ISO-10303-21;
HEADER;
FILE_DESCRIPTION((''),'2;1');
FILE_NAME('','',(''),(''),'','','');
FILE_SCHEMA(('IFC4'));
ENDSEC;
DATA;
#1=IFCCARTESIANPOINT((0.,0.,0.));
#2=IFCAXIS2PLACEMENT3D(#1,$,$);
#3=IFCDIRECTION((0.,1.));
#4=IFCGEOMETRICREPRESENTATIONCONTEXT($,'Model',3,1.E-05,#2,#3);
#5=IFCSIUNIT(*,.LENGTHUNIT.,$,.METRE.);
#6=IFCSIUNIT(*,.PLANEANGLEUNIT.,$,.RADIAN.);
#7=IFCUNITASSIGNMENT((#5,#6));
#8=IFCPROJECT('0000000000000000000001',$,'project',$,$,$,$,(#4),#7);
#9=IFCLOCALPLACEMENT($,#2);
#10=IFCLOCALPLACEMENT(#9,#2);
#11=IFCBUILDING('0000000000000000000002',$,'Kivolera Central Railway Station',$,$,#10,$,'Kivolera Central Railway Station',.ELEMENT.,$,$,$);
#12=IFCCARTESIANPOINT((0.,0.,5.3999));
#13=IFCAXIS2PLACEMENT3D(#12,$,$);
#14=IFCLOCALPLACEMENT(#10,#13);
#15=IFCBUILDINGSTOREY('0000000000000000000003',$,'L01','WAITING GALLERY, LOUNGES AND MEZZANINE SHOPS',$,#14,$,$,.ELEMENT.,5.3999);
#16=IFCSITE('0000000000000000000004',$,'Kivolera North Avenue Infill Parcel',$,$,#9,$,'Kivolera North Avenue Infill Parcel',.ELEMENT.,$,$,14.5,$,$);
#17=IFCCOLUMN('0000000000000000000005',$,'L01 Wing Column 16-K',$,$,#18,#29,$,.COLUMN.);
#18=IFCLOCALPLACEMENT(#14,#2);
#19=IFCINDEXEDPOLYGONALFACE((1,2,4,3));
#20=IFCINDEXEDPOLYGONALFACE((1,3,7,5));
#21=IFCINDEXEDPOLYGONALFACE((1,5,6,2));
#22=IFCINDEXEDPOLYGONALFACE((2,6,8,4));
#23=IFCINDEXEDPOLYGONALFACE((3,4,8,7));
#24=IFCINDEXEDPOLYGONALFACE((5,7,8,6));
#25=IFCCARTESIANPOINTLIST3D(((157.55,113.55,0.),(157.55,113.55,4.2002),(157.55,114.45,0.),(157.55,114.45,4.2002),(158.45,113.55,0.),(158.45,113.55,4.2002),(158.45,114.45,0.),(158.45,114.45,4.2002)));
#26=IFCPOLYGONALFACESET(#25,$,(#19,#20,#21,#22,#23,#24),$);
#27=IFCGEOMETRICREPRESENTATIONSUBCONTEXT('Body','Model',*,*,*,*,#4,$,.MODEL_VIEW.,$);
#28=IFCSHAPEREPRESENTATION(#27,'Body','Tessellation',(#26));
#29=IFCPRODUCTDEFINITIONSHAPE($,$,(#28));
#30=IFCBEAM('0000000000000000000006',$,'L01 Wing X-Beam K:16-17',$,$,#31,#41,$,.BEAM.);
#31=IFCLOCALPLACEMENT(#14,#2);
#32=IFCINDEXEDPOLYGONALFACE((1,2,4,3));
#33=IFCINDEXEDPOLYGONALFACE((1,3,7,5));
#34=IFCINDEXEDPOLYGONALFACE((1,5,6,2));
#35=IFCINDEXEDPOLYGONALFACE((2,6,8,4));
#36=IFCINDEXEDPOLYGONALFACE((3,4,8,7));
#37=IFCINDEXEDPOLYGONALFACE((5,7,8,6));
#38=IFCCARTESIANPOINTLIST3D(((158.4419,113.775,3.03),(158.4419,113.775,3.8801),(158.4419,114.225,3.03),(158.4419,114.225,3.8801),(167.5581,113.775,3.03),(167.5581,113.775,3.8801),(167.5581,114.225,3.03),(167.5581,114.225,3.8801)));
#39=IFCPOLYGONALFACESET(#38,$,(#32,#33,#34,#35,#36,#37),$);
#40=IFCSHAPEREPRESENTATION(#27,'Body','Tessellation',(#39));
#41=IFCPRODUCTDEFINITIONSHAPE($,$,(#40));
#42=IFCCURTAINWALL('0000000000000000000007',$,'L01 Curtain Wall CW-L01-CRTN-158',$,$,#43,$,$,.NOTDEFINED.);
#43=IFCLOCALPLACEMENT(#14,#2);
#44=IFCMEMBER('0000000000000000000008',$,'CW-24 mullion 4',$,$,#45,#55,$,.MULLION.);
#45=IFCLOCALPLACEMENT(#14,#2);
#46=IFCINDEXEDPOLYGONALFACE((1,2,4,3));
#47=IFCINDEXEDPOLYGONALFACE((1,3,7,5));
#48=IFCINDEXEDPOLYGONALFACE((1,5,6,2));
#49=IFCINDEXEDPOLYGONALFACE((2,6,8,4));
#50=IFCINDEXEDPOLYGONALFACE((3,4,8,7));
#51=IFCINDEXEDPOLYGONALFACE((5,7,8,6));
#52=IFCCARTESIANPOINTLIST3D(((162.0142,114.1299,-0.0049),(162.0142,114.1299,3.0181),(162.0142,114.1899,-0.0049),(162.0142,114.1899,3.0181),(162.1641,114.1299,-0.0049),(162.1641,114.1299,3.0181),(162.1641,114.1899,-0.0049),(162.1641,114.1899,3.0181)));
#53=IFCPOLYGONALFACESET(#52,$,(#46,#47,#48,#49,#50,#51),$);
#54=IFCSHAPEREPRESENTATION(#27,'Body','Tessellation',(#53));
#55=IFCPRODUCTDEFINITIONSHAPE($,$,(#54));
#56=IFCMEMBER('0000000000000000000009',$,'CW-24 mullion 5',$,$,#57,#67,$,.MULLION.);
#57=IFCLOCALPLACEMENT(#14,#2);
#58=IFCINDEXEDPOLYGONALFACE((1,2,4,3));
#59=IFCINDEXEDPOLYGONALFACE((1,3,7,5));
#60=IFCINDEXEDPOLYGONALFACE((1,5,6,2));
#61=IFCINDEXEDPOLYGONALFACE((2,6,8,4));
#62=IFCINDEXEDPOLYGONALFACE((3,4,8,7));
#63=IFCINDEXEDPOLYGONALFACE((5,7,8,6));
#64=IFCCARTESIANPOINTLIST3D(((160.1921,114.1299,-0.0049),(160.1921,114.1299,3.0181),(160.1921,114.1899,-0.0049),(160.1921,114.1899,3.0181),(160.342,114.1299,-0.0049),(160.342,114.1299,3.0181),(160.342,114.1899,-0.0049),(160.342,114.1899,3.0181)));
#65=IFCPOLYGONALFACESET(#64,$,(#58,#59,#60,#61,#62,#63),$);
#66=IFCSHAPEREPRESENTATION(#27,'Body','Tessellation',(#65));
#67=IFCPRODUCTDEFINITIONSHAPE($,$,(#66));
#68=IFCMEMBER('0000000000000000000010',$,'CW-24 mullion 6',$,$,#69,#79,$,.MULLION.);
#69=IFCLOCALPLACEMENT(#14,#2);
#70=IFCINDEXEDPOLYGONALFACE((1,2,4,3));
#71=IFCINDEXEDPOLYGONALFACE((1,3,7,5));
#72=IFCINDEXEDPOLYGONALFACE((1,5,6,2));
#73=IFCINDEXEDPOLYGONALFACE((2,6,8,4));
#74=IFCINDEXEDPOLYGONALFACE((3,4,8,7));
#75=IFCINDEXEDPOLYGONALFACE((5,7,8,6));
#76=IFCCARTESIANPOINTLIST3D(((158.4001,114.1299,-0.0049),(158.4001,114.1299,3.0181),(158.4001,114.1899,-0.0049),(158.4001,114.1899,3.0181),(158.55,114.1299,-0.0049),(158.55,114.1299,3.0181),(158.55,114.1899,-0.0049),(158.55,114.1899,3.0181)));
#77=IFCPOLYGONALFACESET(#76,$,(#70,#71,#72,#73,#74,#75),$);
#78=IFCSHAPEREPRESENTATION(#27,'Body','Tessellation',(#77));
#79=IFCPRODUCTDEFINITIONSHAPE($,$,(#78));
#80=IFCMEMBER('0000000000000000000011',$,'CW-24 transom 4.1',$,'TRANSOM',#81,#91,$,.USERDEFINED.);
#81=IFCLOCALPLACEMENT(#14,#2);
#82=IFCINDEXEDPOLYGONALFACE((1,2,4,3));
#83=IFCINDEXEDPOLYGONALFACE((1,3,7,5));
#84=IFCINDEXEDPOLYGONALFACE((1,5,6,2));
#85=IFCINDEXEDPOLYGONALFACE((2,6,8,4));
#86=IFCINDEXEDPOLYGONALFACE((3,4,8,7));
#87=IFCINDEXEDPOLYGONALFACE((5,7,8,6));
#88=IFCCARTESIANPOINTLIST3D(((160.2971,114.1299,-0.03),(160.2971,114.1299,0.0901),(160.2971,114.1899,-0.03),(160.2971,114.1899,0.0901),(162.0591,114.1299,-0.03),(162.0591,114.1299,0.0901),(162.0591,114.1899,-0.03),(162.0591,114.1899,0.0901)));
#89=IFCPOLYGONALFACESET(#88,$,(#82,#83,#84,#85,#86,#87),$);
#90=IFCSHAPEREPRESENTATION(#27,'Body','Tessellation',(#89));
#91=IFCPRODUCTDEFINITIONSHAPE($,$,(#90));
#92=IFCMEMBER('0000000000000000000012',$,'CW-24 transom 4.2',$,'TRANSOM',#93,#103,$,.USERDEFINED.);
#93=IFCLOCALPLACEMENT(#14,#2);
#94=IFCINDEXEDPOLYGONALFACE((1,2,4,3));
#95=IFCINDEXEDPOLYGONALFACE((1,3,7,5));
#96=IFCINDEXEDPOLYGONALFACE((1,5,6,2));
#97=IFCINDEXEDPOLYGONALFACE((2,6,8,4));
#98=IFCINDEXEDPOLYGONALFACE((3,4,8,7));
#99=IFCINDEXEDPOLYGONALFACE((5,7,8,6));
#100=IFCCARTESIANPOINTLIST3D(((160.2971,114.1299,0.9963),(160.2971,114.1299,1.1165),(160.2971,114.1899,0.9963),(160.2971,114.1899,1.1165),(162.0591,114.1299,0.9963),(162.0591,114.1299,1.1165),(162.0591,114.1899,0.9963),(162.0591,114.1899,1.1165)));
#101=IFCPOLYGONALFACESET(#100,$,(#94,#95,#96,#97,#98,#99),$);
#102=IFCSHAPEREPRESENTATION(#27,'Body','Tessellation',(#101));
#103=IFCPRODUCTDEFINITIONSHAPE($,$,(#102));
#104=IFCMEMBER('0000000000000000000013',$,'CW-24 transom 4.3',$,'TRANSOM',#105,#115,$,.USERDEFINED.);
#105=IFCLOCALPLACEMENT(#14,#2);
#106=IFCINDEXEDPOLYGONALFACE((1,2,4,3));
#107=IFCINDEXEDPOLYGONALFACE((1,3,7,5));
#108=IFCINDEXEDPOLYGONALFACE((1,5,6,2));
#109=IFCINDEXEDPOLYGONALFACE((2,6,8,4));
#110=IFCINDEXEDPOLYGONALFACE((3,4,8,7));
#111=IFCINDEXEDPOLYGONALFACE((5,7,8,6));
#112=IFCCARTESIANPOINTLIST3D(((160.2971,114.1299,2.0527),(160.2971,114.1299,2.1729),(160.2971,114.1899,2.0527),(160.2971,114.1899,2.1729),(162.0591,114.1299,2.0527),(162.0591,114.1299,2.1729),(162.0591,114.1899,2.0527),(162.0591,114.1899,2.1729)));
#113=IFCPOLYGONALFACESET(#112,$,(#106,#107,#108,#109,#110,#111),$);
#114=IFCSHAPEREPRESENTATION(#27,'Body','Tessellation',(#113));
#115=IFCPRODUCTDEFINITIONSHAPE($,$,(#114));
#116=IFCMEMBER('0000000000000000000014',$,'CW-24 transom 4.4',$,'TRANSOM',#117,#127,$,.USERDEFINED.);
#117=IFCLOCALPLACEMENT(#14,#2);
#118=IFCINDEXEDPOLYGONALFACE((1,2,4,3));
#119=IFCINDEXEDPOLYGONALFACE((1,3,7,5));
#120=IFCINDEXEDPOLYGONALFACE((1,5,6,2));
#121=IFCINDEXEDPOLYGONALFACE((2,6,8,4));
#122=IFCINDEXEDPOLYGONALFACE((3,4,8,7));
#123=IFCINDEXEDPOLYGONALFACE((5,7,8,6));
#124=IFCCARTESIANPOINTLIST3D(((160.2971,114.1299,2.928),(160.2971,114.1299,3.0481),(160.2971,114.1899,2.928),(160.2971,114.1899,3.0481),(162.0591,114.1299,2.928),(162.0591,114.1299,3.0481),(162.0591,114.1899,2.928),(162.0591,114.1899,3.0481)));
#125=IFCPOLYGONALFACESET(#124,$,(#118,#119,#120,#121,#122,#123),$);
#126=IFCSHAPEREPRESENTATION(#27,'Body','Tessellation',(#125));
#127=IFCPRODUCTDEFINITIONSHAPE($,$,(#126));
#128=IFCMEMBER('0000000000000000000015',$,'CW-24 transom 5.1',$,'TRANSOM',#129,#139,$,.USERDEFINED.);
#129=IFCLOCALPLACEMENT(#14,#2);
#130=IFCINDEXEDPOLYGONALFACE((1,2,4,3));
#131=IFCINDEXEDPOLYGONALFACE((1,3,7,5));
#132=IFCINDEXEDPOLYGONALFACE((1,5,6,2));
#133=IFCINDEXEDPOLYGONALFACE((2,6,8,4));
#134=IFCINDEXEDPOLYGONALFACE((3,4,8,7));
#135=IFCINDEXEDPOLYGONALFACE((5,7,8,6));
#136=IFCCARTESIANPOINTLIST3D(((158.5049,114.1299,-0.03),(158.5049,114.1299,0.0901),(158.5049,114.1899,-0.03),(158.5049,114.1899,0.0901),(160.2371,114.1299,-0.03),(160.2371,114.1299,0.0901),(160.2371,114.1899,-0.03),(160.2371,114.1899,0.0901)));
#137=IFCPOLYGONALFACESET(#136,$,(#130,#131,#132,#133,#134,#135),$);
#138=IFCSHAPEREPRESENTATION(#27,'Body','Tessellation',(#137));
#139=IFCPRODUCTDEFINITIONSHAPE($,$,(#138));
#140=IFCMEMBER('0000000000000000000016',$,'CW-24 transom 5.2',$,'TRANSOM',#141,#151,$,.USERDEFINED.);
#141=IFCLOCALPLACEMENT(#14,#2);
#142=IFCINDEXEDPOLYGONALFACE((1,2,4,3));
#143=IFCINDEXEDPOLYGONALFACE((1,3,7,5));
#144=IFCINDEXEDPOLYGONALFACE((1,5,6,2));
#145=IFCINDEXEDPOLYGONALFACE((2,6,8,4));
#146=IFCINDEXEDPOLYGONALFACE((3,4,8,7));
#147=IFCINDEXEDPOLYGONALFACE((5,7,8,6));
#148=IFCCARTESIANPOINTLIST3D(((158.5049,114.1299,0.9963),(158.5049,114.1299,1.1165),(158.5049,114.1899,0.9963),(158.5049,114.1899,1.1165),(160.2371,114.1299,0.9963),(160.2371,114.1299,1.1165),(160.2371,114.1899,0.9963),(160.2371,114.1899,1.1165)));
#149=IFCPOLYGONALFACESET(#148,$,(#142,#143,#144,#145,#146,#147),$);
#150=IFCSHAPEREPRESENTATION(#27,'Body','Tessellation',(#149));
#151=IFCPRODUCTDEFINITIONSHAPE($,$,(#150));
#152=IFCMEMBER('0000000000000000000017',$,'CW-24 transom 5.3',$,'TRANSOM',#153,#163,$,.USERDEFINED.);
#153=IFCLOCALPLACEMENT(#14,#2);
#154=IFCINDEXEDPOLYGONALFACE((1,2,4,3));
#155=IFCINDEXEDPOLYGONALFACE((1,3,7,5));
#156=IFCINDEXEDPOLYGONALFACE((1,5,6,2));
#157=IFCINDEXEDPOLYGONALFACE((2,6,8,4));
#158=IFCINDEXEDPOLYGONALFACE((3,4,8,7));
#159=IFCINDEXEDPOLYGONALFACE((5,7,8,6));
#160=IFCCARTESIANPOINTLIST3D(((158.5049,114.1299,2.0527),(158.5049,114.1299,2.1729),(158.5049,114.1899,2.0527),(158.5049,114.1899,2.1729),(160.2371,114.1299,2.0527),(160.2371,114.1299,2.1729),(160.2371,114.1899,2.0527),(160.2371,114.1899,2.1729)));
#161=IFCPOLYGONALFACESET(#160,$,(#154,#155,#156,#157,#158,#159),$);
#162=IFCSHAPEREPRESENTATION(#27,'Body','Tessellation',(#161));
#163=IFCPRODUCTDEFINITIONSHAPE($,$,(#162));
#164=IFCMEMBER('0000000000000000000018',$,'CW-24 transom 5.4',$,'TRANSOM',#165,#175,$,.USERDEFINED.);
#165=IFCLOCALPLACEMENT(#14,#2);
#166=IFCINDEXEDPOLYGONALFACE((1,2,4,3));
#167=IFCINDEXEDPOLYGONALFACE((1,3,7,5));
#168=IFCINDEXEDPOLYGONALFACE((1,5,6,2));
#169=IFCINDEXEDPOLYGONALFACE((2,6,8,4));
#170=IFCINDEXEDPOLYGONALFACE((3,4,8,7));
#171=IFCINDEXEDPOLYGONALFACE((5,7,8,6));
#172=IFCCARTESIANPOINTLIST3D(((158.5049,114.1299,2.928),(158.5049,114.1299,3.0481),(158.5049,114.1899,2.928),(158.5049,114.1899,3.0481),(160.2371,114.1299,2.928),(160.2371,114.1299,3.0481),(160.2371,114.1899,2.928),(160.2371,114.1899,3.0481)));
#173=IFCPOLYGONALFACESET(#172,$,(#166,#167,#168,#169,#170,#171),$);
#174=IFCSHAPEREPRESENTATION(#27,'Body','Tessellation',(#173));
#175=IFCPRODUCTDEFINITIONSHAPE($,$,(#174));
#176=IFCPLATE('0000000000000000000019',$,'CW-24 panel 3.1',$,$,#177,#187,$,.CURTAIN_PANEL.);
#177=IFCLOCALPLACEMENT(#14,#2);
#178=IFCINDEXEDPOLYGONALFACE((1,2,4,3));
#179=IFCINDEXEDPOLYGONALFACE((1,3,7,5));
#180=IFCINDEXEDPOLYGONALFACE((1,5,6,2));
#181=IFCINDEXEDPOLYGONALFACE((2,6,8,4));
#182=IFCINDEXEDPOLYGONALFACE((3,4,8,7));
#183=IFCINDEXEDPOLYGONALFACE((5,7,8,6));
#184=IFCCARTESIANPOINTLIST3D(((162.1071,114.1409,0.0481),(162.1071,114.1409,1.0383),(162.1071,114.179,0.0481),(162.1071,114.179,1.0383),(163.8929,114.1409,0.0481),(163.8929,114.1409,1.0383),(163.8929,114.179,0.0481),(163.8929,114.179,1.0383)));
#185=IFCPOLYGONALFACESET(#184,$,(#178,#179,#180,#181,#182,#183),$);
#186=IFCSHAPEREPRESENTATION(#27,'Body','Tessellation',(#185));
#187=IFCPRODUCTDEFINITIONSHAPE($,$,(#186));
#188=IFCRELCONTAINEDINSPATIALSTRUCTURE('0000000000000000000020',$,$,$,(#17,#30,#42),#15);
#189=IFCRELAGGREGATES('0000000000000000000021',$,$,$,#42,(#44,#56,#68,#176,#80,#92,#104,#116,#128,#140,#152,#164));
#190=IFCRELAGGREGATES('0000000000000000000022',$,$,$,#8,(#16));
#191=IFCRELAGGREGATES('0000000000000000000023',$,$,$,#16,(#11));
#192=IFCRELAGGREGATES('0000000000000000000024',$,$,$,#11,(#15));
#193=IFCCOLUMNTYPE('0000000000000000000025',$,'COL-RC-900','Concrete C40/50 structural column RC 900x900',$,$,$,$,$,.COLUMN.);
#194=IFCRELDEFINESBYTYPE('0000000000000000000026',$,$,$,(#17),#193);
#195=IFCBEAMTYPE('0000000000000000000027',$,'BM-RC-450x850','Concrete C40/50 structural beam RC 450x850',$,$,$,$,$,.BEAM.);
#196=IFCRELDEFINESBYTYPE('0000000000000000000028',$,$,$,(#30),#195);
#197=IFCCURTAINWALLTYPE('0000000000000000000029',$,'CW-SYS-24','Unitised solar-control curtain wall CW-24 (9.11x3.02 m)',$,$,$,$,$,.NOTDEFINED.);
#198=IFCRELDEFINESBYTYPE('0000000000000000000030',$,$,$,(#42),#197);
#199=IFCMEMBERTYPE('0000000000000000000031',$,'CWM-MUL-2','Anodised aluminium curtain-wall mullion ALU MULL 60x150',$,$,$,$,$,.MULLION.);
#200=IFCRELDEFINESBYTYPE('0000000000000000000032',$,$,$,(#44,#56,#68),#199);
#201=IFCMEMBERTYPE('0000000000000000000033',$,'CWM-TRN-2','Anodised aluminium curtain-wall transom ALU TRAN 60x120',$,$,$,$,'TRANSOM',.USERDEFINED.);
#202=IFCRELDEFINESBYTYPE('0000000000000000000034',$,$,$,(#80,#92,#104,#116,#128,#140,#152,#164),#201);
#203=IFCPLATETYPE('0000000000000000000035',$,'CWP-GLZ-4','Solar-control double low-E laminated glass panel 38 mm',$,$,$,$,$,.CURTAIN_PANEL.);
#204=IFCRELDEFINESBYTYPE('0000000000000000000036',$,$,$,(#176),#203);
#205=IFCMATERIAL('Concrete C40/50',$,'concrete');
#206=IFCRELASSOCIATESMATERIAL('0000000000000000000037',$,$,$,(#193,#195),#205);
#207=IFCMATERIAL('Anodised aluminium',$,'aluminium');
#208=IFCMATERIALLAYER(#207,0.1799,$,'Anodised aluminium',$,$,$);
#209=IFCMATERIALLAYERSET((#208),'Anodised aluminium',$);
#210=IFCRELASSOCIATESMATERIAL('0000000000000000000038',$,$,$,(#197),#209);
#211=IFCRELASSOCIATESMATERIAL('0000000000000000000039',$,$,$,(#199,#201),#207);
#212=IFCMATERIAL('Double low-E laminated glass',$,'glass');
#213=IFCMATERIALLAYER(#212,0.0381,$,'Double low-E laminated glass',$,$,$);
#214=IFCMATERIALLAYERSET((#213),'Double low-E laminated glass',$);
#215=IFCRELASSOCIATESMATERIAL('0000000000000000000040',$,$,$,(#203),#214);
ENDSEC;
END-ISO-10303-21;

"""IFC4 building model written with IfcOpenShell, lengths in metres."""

from ifc_helpers import new_model, si_unit, direction, frame, origin, origin_2d, place, context, subcontext, project, spatial, rectangle, extrude, material, layer, layer_set, material_profile, profile_set, type_object, element, aggregate, save


model = new_model("IFC4")

# Units and contexts
model_context = context("Model", 3, precision=1e-05, world=origin(), true_north=direction((0.0, 1.0)))
body_context = subcontext(model_context, "Body", "Model", "MODEL_VIEW")
ifc_project = project(units=[si_unit("LENGTHUNIT", "METRE"), si_unit("PLANEANGLEUNIT", "RADIAN")], contexts=[model_context])

# Site, building, storey
site_placement = place(None, origin())
site = spatial("IfcSite", under=ifc_project, at=site_placement, Name="Kivolera North Avenue Infill Parcel", LongName="Kivolera North Avenue Infill Parcel", CompositionType="ELEMENT", RefElevation=14.5)
building_placement = place(site_placement, origin())
building = spatial("IfcBuilding", under=site, at=building_placement, Name="Kivolera Central Railway Station", LongName="Kivolera Central Railway Station", CompositionType="ELEMENT")
storey_placement = place(building_placement, frame((0.0, 0.0, 5.3999)))
storey = spatial("IfcBuildingStorey", under=building, at=storey_placement, Name="L01", Description="WAITING GALLERY, LOUNGES AND MEZZANINE SHOPS", CompositionType="ELEMENT", Elevation=5.3999)

# Column
ifc_material_1 = material(Name="Concrete C40/50", Category="concrete")
ifc_material_profile_1 = material_profile(ifc_material_1, rectangle(XDim=0.8999, YDim=0.8999, at=origin_2d()), Name="RC 900x900")
ifc_profile_set_1 = profile_set([ifc_material_profile_1], Name="Concrete C40/50")
column_type = type_object("IfcColumnType", Name="COL-RC-900", Description="Concrete C40/50 structural column RC 900x900", PredefinedType="COLUMN", material=ifc_profile_set_1)
column_placement = place(storey_placement, frame((158.0, 114.0, 0.0), z_axis=(0.0, 0.0, 1.0), x_axis=(1.0, 0.0, 0.0)))
element("IfcColumn", 1, at=column_placement, inside=storey, type_object=column_type, Name="L01 Wing Column 16-K", PredefinedType="COLUMN", context=body_context, shape_type="SweptSolid", body=[
    extrude(rectangle(XDim=0.8999, YDim=0.8999, at=origin_2d()), origin(), (0.0, 0.0, 1.0), 4.2002),
])

# Beam
ifc_material_profile_2 = material_profile(ifc_material_1, rectangle(XDim=0.45, YDim=0.8501, at=origin_2d()), Name="RC 450x850")
ifc_profile_set_2 = profile_set([ifc_material_profile_2], Name="Concrete C40/50")
beam_type = type_object("IfcBeamType", Name="BM-RC-450x850", Description="Concrete C40/50 structural beam RC 450x850", PredefinedType="BEAM", material=ifc_profile_set_2)
beam_placement = place(storey_placement, frame((158.4419, 114.0, 3.4551), z_axis=(1.0, 0.0, 0.0), x_axis=(0.0, 1.0, 0.0)))
element("IfcBeam", 2, at=beam_placement, inside=storey, type_object=beam_type, Name="L01 Wing X-Beam K:16-17", PredefinedType="BEAM", context=body_context, shape_type="SweptSolid", body=[
    extrude(rectangle(XDim=0.45, YDim=0.8501, at=origin_2d()), origin(), (0.0, 0.0, 1.0), 9.1162),
])

# Curtain wall, members, plate
ifc_material_2 = material(Name="Anodised aluminium", Category="aluminium")
ifc_layer_1 = layer(ifc_material_2, 0.1799, Name="Anodised aluminium")
ifc_layer_set_1 = layer_set([ifc_layer_1], Name="Anodised aluminium")
curtain_wall_type = type_object("IfcCurtainWallType", Name="CW-SYS-24", Description="Unitised solar-control curtain wall CW-24 (9.11x3.02 m)", PredefinedType="NOTDEFINED", material=ifc_layer_set_1)
curtain_wall_placement = place(storey_placement, origin())
curtain_wall = element("IfcCurtainWall", 3, at=curtain_wall_placement, inside=storey, type_object=curtain_wall_type, Name="L01 Curtain Wall CW-L01-CRTN-158", PredefinedType="NOTDEFINED")
ifc_material_profile_3 = material_profile(ifc_material_2, rectangle(XDim=0.0601, YDim=0.1499, at=origin_2d()), Name="ALU MULL 60x150")
ifc_profile_set_3 = profile_set([ifc_material_profile_3], Name="Anodised aluminium")
member_type_1 = type_object("IfcMemberType", Name="CWM-MUL-2", Description="Anodised aluminium curtain-wall mullion ALU MULL 60x150", PredefinedType="MULLION", material=ifc_profile_set_3)
member_1_placement = place(storey_placement, frame((162.0891, 114.1599, -0.0049), z_axis=(0.0, 0.0, 1.0), x_axis=(0.0, -1.0, 0.0)))
member_1 = element("IfcMember", 4, at=member_1_placement, type_object=member_type_1, Name="CW-24 mullion 4", PredefinedType="MULLION", context=body_context, shape_type="SweptSolid", body=[
    extrude(rectangle(XDim=0.0601, YDim=0.1499, at=origin_2d()), origin(), (0.0, 0.0, 1.0), 3.0229),
])
member_2_placement = place(storey_placement, frame((160.2671, 114.1599, -0.0049), z_axis=(0.0, 0.0, 1.0), x_axis=(0.0, -1.0, 0.0)))
member_2 = element("IfcMember", 5, at=member_2_placement, type_object=member_type_1, Name="CW-24 mullion 5", PredefinedType="MULLION", context=body_context, shape_type="SweptSolid", body=[
    extrude(rectangle(XDim=0.0601, YDim=0.1499, at=origin_2d()), origin(), (0.0, 0.0, 1.0), 3.0229),
])
member_3_placement = place(storey_placement, frame((158.4751, 114.1599, -0.0049), z_axis=(0.0, 0.0, 1.0), x_axis=(0.0, -1.0, 0.0)))
member_3 = element("IfcMember", 6, at=member_3_placement, type_object=member_type_1, Name="CW-24 mullion 6", PredefinedType="MULLION", context=body_context, shape_type="SweptSolid", body=[
    extrude(rectangle(XDim=0.0601, YDim=0.1499, at=origin_2d()), origin(), (0.0, 0.0, 1.0), 3.0229),
])
ifc_material_profile_4 = material_profile(ifc_material_2, rectangle(XDim=0.0601, YDim=0.1201, at=origin_2d()), Name="ALU TRAN 60x120")
ifc_profile_set_4 = profile_set([ifc_material_profile_4], Name="Anodised aluminium")
member_type_2 = type_object("IfcMemberType", Name="CWM-TRN-2", Description="Anodised aluminium curtain-wall transom ALU TRAN 60x120", ElementType="TRANSOM", PredefinedType="USERDEFINED", material=ifc_profile_set_4)
member_4_placement = place(storey_placement, frame((162.0591, 114.1599, 0.03), z_axis=(-1.0, 0.0, 0.0), x_axis=(0.0, -1.0, 0.0)))
member_4 = element("IfcMember", 7, at=member_4_placement, type_object=member_type_2, Name="CW-24 transom 4.1", ObjectType="TRANSOM", PredefinedType="USERDEFINED", context=body_context, shape_type="SweptSolid", body=[
    extrude(rectangle(XDim=0.0601, YDim=0.1201, at=origin_2d()), origin(), (0.0, 0.0, 1.0), 1.762),
])
member_5_placement = place(storey_placement, frame((162.0591, 114.1599, 1.0564), z_axis=(-1.0, 0.0, 0.0), x_axis=(0.0, -1.0, 0.0)))
member_5 = element("IfcMember", 8, at=member_5_placement, type_object=member_type_2, Name="CW-24 transom 4.2", ObjectType="TRANSOM", PredefinedType="USERDEFINED", context=body_context, shape_type="SweptSolid", body=[
    extrude(rectangle(XDim=0.0601, YDim=0.1201, at=origin_2d()), origin(), (0.0, 0.0, 1.0), 1.762),
])
member_6_placement = place(storey_placement, frame((162.0591, 114.1599, 2.1128), z_axis=(-1.0, 0.0, 0.0), x_axis=(0.0, -1.0, 0.0)))
member_6 = element("IfcMember", 9, at=member_6_placement, type_object=member_type_2, Name="CW-24 transom 4.3", ObjectType="TRANSOM", PredefinedType="USERDEFINED", context=body_context, shape_type="SweptSolid", body=[
    extrude(rectangle(XDim=0.0601, YDim=0.1201, at=origin_2d()), origin(), (0.0, 0.0, 1.0), 1.762),
])
member_7_placement = place(storey_placement, frame((162.0591, 114.1599, 2.988), z_axis=(-1.0, 0.0, 0.0), x_axis=(0.0, -1.0, 0.0)))
member_7 = element("IfcMember", 10, at=member_7_placement, type_object=member_type_2, Name="CW-24 transom 4.4", ObjectType="TRANSOM", PredefinedType="USERDEFINED", context=body_context, shape_type="SweptSolid", body=[
    extrude(rectangle(XDim=0.0601, YDim=0.1201, at=origin_2d()), origin(), (0.0, 0.0, 1.0), 1.762),
])
member_8_placement = place(storey_placement, frame((160.2371, 114.1599, 0.03), z_axis=(-1.0, 0.0, 0.0), x_axis=(0.0, -1.0, 0.0)))
member_8 = element("IfcMember", 11, at=member_8_placement, type_object=member_type_2, Name="CW-24 transom 5.1", ObjectType="TRANSOM", PredefinedType="USERDEFINED", context=body_context, shape_type="SweptSolid", body=[
    extrude(rectangle(XDim=0.0601, YDim=0.1201, at=origin_2d()), origin(), (0.0, 0.0, 1.0), 1.7322),
])
member_9_placement = place(storey_placement, frame((160.2371, 114.1599, 1.0564), z_axis=(-1.0, 0.0, 0.0), x_axis=(0.0, -1.0, 0.0)))
member_9 = element("IfcMember", 12, at=member_9_placement, type_object=member_type_2, Name="CW-24 transom 5.2", ObjectType="TRANSOM", PredefinedType="USERDEFINED", context=body_context, shape_type="SweptSolid", body=[
    extrude(rectangle(XDim=0.0601, YDim=0.1201, at=origin_2d()), origin(), (0.0, 0.0, 1.0), 1.7322),
])
member_10_placement = place(storey_placement, frame((160.2371, 114.1599, 2.1128), z_axis=(-1.0, 0.0, 0.0), x_axis=(0.0, -1.0, 0.0)))
member_10 = element("IfcMember", 13, at=member_10_placement, type_object=member_type_2, Name="CW-24 transom 5.3", ObjectType="TRANSOM", PredefinedType="USERDEFINED", context=body_context, shape_type="SweptSolid", body=[
    extrude(rectangle(XDim=0.0601, YDim=0.1201, at=origin_2d()), origin(), (0.0, 0.0, 1.0), 1.7322),
])
member_11_placement = place(storey_placement, frame((160.2371, 114.1599, 2.988), z_axis=(-1.0, 0.0, 0.0), x_axis=(0.0, -1.0, 0.0)))
member_11 = element("IfcMember", 14, at=member_11_placement, type_object=member_type_2, Name="CW-24 transom 5.4", ObjectType="TRANSOM", PredefinedType="USERDEFINED", context=body_context, shape_type="SweptSolid", body=[
    extrude(rectangle(XDim=0.0601, YDim=0.1201, at=origin_2d()), origin(), (0.0, 0.0, 1.0), 1.7322),
])
ifc_material_3 = material(Name="Double low-E laminated glass", Category="glass")
ifc_layer_2 = layer(ifc_material_3, 0.0381, Name="Double low-E laminated glass")
ifc_layer_set_2 = layer_set([ifc_layer_2], Name="Double low-E laminated glass")
plate_type = type_object("IfcPlateType", Name="CWP-GLZ-4", Description="Solar-control double low-E laminated glass panel 38 mm", PredefinedType="CURTAIN_PANEL", material=ifc_layer_set_2)
plate_1_placement = place(storey_placement, frame((163.0, 114.1599, 0.0481), z_axis=(0.0, 0.0, 1.0), x_axis=(-1.0, 0.0, 0.0)))
plate_1 = element("IfcPlate", 15, at=plate_1_placement, type_object=plate_type, Name="CW-24 panel 3.1", PredefinedType="CURTAIN_PANEL", context=body_context, shape_type="SweptSolid", body=[
    extrude(rectangle(XDim=1.7859, YDim=0.0381, at=origin_2d()), origin(), (0.0, 0.0, 1.0), 0.9902),
])
aggregate(curtain_wall, [member_1, member_2, member_3, plate_1, member_4, member_5, member_6, member_7, member_8, member_9, member_10, member_11])

save(model, "model.ifc")
